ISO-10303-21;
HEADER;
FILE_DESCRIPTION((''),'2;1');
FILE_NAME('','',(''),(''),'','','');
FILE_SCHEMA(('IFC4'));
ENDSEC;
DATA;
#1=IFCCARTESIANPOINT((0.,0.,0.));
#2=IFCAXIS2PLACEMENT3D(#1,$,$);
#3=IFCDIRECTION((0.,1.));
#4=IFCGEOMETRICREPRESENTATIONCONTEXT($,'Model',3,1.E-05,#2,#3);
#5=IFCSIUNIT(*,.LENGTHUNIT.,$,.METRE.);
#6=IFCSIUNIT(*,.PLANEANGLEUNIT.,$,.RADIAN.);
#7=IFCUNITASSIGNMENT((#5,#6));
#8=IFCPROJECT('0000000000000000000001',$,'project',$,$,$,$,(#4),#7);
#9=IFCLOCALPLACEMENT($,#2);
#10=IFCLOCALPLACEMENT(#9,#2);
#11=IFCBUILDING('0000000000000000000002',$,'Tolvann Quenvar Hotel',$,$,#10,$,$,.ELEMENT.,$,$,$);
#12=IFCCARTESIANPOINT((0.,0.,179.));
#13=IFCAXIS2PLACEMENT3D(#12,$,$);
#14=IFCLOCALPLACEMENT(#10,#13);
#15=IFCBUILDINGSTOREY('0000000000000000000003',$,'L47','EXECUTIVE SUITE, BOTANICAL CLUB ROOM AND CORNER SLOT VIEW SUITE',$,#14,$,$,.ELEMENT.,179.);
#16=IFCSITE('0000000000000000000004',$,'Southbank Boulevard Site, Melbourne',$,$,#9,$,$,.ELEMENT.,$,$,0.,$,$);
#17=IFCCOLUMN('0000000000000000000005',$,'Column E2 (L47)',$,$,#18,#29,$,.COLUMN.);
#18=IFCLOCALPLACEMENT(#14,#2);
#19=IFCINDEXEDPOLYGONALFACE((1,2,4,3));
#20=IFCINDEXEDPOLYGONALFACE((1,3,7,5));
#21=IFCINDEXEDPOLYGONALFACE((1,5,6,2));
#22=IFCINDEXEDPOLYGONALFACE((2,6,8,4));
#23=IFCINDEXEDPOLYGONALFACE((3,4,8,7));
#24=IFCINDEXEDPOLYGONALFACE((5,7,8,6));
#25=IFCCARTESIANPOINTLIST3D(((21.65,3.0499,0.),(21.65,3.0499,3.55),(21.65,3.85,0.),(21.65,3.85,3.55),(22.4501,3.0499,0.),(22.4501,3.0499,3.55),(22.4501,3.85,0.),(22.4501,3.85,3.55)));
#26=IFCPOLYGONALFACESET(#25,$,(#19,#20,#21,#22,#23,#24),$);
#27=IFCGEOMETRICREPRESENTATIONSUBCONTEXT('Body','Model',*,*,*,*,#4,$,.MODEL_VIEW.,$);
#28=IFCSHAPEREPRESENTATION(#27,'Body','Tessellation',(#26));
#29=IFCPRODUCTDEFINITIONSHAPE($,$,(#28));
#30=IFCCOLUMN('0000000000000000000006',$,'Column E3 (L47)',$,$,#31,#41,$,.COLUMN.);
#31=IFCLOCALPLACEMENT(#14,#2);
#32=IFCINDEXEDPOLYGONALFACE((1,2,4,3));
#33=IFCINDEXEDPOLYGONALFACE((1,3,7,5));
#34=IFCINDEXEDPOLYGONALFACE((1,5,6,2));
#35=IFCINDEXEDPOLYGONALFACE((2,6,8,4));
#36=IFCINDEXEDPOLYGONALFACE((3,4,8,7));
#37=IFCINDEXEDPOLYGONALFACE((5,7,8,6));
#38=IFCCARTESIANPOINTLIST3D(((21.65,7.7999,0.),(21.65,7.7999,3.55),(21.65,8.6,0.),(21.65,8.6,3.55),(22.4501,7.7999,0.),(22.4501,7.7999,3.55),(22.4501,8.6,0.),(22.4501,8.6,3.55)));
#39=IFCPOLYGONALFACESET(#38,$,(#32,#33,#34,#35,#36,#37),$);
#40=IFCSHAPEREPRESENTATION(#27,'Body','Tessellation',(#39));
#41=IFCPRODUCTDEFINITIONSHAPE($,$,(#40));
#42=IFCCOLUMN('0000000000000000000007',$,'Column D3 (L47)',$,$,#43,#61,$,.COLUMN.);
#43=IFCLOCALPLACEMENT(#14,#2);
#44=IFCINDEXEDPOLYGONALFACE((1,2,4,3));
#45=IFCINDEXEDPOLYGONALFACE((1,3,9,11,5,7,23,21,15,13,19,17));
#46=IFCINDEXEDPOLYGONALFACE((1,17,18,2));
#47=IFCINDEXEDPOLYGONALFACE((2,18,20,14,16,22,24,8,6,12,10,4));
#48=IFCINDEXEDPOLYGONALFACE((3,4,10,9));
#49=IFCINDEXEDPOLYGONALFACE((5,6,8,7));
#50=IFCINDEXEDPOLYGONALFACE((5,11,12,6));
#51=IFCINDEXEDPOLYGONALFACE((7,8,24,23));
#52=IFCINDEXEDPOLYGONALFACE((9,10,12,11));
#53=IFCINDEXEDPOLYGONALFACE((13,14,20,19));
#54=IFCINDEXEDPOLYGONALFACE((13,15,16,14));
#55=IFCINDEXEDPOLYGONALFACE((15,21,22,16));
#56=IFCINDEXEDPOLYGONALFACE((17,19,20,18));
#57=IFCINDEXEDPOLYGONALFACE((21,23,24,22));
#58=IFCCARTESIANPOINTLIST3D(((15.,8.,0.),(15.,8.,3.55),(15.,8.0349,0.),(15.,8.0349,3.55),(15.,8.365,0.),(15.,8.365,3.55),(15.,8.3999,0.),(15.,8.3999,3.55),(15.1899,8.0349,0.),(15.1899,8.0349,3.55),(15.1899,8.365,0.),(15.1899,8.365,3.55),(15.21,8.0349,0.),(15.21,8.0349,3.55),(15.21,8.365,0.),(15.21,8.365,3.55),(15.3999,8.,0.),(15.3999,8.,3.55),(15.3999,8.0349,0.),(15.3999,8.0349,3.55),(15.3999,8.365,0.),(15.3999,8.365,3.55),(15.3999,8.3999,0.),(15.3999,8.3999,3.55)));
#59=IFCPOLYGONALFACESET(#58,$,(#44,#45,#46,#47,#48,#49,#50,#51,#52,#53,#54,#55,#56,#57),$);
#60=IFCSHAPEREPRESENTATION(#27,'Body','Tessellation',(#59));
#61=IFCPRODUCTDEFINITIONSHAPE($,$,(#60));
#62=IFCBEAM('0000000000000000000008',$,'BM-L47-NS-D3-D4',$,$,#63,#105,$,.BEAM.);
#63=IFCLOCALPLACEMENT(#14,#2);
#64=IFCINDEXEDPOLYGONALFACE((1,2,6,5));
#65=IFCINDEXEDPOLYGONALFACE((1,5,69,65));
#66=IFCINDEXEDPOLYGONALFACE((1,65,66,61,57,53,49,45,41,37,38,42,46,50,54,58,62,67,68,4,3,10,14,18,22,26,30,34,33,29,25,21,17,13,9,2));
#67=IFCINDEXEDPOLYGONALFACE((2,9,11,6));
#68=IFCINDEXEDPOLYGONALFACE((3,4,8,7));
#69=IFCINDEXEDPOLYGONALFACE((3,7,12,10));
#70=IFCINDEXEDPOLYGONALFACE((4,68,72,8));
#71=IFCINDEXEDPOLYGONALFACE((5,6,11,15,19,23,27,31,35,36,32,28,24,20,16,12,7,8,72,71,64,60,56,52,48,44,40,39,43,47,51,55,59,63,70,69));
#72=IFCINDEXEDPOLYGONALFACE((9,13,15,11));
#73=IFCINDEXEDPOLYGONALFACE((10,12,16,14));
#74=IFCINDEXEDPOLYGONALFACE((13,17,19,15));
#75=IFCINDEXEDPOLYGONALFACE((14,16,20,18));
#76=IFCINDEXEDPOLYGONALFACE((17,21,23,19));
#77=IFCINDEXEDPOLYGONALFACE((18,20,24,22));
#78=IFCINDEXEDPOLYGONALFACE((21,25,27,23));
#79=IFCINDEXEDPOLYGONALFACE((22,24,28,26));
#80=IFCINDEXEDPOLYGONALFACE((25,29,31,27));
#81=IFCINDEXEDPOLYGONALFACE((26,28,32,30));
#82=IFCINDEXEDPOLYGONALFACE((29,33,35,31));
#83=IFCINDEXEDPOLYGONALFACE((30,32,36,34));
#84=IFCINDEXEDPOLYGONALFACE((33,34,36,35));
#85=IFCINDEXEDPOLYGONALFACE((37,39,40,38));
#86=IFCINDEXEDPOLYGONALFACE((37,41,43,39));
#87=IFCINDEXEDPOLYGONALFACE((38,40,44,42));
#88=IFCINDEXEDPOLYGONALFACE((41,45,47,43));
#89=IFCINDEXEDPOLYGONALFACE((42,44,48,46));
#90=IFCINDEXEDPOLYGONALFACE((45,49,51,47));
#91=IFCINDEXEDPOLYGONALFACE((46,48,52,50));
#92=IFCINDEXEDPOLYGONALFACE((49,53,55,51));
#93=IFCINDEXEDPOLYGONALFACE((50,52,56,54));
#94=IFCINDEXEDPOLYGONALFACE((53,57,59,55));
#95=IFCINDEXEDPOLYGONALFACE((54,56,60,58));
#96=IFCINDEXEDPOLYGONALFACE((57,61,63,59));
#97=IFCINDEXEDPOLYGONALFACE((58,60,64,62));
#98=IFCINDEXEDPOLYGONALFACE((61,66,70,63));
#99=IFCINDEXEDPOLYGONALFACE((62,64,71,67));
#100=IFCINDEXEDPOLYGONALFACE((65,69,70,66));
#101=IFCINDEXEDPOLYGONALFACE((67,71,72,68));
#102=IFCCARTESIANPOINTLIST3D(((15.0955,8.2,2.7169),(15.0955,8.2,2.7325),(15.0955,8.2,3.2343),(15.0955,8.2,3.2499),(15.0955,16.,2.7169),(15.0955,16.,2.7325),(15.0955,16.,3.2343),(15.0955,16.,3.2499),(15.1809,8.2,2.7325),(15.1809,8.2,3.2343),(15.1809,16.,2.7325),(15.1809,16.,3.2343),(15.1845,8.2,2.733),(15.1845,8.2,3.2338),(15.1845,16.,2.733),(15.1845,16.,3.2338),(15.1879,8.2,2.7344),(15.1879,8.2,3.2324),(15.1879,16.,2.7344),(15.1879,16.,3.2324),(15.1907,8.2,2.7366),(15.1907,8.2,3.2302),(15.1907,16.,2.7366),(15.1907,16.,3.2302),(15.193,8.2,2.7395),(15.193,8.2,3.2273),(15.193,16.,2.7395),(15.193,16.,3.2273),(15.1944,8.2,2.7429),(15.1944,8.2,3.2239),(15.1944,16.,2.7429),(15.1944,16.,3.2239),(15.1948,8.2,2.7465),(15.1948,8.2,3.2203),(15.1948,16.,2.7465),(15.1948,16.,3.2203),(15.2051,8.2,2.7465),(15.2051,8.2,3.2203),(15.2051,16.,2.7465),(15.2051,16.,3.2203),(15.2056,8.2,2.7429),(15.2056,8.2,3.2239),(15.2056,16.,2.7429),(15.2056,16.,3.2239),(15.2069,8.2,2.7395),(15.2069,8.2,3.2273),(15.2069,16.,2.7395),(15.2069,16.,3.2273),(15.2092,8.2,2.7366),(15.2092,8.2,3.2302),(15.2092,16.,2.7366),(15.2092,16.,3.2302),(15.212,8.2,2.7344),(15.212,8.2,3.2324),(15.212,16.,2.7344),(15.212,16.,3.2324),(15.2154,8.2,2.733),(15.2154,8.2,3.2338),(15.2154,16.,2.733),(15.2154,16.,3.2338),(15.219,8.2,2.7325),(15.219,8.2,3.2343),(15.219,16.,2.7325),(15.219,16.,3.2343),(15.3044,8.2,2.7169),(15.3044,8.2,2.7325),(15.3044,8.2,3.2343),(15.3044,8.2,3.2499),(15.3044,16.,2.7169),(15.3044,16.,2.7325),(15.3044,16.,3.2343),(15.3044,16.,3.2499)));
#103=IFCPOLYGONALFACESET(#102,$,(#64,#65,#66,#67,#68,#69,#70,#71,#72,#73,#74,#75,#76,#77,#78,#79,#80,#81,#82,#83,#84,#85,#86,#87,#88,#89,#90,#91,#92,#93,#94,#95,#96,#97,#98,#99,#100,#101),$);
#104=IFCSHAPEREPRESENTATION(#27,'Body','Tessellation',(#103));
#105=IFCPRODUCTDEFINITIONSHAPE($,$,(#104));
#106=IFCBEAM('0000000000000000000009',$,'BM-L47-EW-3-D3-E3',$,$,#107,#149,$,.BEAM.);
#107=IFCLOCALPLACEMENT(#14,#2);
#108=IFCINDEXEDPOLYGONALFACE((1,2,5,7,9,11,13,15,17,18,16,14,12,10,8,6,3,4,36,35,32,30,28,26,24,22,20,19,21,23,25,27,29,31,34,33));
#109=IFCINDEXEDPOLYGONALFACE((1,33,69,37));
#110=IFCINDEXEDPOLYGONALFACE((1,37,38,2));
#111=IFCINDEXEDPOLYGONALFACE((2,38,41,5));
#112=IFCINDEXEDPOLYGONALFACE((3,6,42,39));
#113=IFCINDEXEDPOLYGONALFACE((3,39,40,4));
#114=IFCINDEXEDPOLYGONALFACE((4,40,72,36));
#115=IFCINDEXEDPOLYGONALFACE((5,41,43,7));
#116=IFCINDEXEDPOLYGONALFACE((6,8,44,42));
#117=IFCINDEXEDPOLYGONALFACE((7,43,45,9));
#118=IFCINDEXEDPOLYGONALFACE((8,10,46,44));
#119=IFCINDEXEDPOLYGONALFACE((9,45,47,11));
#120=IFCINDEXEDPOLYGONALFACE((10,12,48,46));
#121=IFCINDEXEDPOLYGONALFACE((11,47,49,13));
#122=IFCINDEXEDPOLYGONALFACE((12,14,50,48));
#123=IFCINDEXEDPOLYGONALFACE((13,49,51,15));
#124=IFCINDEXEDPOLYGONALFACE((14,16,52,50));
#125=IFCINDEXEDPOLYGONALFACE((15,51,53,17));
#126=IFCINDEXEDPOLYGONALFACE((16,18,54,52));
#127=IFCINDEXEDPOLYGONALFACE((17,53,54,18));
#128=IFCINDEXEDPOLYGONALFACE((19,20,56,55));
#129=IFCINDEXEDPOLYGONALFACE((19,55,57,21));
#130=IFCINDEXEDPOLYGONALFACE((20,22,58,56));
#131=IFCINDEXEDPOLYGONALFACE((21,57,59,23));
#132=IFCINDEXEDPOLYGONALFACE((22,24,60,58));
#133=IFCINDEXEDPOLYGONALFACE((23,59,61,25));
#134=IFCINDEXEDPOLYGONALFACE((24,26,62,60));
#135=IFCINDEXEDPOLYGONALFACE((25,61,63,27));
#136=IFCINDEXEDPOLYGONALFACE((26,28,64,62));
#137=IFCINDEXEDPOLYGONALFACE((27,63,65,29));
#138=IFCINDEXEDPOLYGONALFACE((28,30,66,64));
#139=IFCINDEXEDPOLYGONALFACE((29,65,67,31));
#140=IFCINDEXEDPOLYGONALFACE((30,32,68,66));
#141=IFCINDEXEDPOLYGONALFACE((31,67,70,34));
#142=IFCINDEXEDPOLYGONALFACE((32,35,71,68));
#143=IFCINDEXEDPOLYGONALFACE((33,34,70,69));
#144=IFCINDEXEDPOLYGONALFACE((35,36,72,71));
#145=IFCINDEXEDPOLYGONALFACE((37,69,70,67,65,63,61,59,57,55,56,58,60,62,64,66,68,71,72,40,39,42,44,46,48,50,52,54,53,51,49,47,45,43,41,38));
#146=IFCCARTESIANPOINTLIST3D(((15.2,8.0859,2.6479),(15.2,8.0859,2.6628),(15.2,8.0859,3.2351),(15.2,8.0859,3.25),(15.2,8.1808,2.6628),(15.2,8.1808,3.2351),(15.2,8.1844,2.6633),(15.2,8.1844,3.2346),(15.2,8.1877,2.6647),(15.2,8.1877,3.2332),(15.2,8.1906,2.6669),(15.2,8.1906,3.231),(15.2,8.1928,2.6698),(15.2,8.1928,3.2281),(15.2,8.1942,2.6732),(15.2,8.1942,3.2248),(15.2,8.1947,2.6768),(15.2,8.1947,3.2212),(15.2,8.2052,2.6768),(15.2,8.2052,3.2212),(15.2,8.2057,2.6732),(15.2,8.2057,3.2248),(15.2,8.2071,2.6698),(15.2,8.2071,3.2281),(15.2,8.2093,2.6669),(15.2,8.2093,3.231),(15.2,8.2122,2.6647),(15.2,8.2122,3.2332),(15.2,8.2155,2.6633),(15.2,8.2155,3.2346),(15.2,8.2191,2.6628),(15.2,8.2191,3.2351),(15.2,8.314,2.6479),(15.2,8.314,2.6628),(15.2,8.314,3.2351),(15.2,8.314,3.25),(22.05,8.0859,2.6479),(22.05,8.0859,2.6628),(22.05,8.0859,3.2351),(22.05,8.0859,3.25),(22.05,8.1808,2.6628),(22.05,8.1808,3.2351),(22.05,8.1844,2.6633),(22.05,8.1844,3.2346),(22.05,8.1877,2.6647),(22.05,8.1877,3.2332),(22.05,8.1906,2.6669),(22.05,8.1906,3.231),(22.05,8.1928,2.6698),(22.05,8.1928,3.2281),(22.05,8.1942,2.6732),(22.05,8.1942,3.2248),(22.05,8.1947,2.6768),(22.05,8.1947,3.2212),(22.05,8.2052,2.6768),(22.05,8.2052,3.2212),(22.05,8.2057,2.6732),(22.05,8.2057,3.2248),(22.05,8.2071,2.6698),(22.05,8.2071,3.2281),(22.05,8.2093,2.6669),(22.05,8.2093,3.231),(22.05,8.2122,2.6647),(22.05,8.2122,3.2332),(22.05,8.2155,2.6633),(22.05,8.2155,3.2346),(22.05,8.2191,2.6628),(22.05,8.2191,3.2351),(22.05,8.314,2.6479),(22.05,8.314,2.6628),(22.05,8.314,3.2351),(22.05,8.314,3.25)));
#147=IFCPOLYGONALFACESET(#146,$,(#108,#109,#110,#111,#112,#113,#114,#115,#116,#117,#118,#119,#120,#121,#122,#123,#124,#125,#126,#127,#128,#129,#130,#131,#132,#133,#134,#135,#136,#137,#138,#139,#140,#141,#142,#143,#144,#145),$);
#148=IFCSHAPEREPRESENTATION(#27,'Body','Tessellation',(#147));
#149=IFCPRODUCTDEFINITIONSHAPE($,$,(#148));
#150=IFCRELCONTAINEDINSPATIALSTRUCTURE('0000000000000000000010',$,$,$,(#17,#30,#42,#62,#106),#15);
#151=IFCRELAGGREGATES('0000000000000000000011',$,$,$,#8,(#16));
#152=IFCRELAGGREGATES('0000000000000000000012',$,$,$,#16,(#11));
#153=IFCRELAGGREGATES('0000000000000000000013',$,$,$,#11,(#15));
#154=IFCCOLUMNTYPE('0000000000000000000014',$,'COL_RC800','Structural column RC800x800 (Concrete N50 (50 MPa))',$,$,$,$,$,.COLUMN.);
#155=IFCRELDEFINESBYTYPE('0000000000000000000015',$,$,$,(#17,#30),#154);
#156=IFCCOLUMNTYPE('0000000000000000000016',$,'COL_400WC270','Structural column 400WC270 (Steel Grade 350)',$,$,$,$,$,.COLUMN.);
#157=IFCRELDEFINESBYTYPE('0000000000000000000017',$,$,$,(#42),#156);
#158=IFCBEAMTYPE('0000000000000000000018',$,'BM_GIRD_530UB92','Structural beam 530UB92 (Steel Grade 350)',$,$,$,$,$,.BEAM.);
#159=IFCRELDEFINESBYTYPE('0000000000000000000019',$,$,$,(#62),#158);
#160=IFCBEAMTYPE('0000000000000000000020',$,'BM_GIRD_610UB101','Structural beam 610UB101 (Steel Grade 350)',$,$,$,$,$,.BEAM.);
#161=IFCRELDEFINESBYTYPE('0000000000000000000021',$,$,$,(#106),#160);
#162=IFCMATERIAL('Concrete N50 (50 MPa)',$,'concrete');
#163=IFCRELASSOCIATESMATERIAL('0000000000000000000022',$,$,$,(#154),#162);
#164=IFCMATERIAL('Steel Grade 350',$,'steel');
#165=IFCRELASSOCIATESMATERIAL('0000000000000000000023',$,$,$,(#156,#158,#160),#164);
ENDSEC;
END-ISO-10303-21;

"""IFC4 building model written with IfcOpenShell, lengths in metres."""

from ifc_helpers import new_model, si_unit, direction, frame, origin, origin_2d, place, context, subcontext, project, spatial, rectangle, i_section, extrude, source, transform, mapped, material, material_profile, profile_set, type_object, type_shapes, element, save


model = new_model("IFC4")

# Units and contexts
model_context = context("Model", 3, precision=1e-05, world=origin(), true_north=direction((0.0, 1.0)))
body_context = subcontext(model_context, "Body", "Model", "MODEL_VIEW")
ifc_project = project(units=[si_unit("LENGTHUNIT", "METRE"), si_unit("PLANEANGLEUNIT", "RADIAN")], contexts=[model_context])

# Site, building, storey
site_placement = place(None, origin())
site = spatial("IfcSite", under=ifc_project, at=site_placement, Name="Southbank Boulevard Site, Melbourne", CompositionType="ELEMENT", RefElevation=0.0)
building_placement = place(site_placement, origin())
building = spatial("IfcBuilding", under=site, at=building_placement, Name="Tolvann Quenvar Hotel", CompositionType="ELEMENT")
storey_placement = place(building_placement, frame((0.0, 0.0, 179.0)))
storey = spatial("IfcBuildingStorey", under=building, at=storey_placement, Name="L47", Description="EXECUTIVE SUITE, BOTANICAL CLUB ROOM AND CORNER SLOT VIEW SUITE", CompositionType="ELEMENT", Elevation=179.0)

# Columns
ifc_material_1 = material(Name="Concrete N50 (50 MPa)", Category="concrete")
ifc_material_profile_1 = material_profile(ifc_material_1, rectangle(XDim=0.8, YDim=0.8, at=origin_2d()), Name="RC800x800")
ifc_profile_set_1 = profile_set([ifc_material_profile_1], Name="Concrete N50 (50 MPa)")
column_type_1 = type_object("IfcColumnType", Name="COL_RC800", Description="Structural column RC800x800 (Concrete N50 (50 MPa))", PredefinedType="COLUMN", material=ifc_profile_set_1)
shared_shape_1 = source(origin(), body_context, "Body", "SweptSolid", [
    extrude(rectangle(XDim=0.8, YDim=0.8, at=origin_2d()), origin(), (0.0, 0.0, 1.0), 3.55),
])
type_shapes(column_type_1, [shared_shape_1])
for number, where, z_axis, x_axis, name in (
    (1, (22.05, 3.45, 0.0), (0.0, 0.0, 1.0), (1.0, 0.0, 0.0), "Column E2 (L47)"),
    (2, (22.05, 8.2, 0.0), (0.0, 0.0, 1.0), (1.0, 0.0, 0.0), "Column E3 (L47)"),
):
    element("IfcColumn", number, at=place(storey_placement, frame(where, z_axis=z_axis, x_axis=x_axis)), inside=storey, type_object=column_type_1, Name=name, PredefinedType="COLUMN", context=body_context, shape_type="MappedRepresentation", body=[
        mapped(shared_shape_1, transform((0.0, 0.0, 0.0), x_axis=(1.0, 0.0, 0.0), y_axis=(0.0, 1.0, 0.0), z_axis=(0.0, 0.0, 1.0), scale=1.0)),
    ])
ifc_material_2 = material(Name="Steel Grade 350", Category="steel")
ifc_material_profile_2 = material_profile(ifc_material_2, i_section(OverallWidth=0.3999, OverallDepth=0.3999, WebThickness=0.02, FlangeThickness=0.0349, at=origin_2d()), Name="400WC270")
ifc_profile_set_2 = profile_set([ifc_material_profile_2], Name="Steel Grade 350")
column_type_2 = type_object("IfcColumnType", Name="COL_400WC270", Description="Structural column 400WC270 (Steel Grade 350)", PredefinedType="COLUMN", material=ifc_profile_set_2)
shared_shape_2 = source(origin(), body_context, "Body", "SweptSolid", [
    extrude(i_section(OverallWidth=0.3999, OverallDepth=0.3999, WebThickness=0.02, FlangeThickness=0.0349, at=origin_2d()), origin(), (0.0, 0.0, 1.0), 3.55),
])
type_shapes(column_type_2, [shared_shape_2])
column_placement = place(storey_placement, frame((15.2, 8.2, 0.0), z_axis=(0.0, 0.0, 1.0), x_axis=(1.0, 0.0, 0.0)))
element("IfcColumn", 3, at=column_placement, inside=storey, type_object=column_type_2, Name="Column D3 (L47)", PredefinedType="COLUMN", context=body_context, shape_type="MappedRepresentation", body=[
    mapped(shared_shape_2, transform((0.0, 0.0, 0.0), x_axis=(1.0, 0.0, 0.0), y_axis=(0.0, 1.0, 0.0), z_axis=(0.0, 0.0, 1.0), scale=1.0)),
])

# Beams
ifc_material_profile_3 = material_profile(ifc_material_2, i_section(OverallWidth=0.209, OverallDepth=0.533, WebThickness=0.0103, FlangeThickness=0.0156, FilletRadius=0.0139, at=origin_2d()), Name="530UB92")
ifc_profile_set_3 = profile_set([ifc_material_profile_3], Name="Steel Grade 350")
beam_type_1 = type_object("IfcBeamType", Name="BM_GIRD_530UB92", Description="Structural beam 530UB92 (Steel Grade 350)", PredefinedType="BEAM", material=ifc_profile_set_3)
shared_shape_3 = source(origin(), body_context, "Body", "SweptSolid", [
    extrude(i_section(OverallWidth=0.209, OverallDepth=0.533, WebThickness=0.0103, FlangeThickness=0.0156, FilletRadius=0.0139, at=origin_2d()), origin(), (0.0, 0.0, 1.0), 7.8),
])
beam_1_placement = place(storey_placement, frame((15.2, 8.2, 2.9834), z_axis=(0.0, 1.0, 0.0), x_axis=(-1.0, 0.0, 0.0)))
element("IfcBeam", 4, at=beam_1_placement, inside=storey, type_object=beam_type_1, Name="BM-L47-NS-D3-D4", PredefinedType="BEAM", context=body_context, shape_type="MappedRepresentation", body=[
    mapped(shared_shape_3, transform((0.0, 0.0, 0.0), x_axis=(1.0, 0.0, 0.0), y_axis=(0.0, 1.0, 0.0), z_axis=(0.0, 0.0, 1.0), scale=1.0)),
])
ifc_material_profile_4 = material_profile(ifc_material_2, i_section(OverallWidth=0.228, OverallDepth=0.6021, WebThickness=0.0105, FlangeThickness=0.0149, FilletRadius=0.0139, at=origin_2d()), Name="610UB101")
ifc_profile_set_4 = profile_set([ifc_material_profile_4], Name="Steel Grade 350")
beam_type_2 = type_object("IfcBeamType", Name="BM_GIRD_610UB101", Description="Structural beam 610UB101 (Steel Grade 350)", PredefinedType="BEAM", material=ifc_profile_set_4)
shared_shape_4 = source(origin(), body_context, "Body", "SweptSolid", [
    extrude(i_section(OverallWidth=0.228, OverallDepth=0.6021, WebThickness=0.0105, FlangeThickness=0.0149, FilletRadius=0.0139, at=origin_2d()), origin(), (0.0, 0.0, 1.0), 6.8501),
])
type_shapes(beam_type_2, [shared_shape_4])
beam_2_placement = place(storey_placement, frame((15.2, 8.2, 2.949), z_axis=(1.0, 0.0, 0.0), x_axis=(0.0, 1.0, 0.0)))
element("IfcBeam", 5, at=beam_2_placement, inside=storey, type_object=beam_type_2, Name="BM-L47-EW-3-D3-E3", PredefinedType="BEAM", context=body_context, shape_type="MappedRepresentation", body=[
    mapped(shared_shape_4, transform((0.0, 0.0, 0.0), x_axis=(1.0, 0.0, 0.0), y_axis=(0.0, 1.0, 0.0), z_axis=(0.0, 0.0, 1.0), scale=1.0)),
])

save(model, "model.ifc")
